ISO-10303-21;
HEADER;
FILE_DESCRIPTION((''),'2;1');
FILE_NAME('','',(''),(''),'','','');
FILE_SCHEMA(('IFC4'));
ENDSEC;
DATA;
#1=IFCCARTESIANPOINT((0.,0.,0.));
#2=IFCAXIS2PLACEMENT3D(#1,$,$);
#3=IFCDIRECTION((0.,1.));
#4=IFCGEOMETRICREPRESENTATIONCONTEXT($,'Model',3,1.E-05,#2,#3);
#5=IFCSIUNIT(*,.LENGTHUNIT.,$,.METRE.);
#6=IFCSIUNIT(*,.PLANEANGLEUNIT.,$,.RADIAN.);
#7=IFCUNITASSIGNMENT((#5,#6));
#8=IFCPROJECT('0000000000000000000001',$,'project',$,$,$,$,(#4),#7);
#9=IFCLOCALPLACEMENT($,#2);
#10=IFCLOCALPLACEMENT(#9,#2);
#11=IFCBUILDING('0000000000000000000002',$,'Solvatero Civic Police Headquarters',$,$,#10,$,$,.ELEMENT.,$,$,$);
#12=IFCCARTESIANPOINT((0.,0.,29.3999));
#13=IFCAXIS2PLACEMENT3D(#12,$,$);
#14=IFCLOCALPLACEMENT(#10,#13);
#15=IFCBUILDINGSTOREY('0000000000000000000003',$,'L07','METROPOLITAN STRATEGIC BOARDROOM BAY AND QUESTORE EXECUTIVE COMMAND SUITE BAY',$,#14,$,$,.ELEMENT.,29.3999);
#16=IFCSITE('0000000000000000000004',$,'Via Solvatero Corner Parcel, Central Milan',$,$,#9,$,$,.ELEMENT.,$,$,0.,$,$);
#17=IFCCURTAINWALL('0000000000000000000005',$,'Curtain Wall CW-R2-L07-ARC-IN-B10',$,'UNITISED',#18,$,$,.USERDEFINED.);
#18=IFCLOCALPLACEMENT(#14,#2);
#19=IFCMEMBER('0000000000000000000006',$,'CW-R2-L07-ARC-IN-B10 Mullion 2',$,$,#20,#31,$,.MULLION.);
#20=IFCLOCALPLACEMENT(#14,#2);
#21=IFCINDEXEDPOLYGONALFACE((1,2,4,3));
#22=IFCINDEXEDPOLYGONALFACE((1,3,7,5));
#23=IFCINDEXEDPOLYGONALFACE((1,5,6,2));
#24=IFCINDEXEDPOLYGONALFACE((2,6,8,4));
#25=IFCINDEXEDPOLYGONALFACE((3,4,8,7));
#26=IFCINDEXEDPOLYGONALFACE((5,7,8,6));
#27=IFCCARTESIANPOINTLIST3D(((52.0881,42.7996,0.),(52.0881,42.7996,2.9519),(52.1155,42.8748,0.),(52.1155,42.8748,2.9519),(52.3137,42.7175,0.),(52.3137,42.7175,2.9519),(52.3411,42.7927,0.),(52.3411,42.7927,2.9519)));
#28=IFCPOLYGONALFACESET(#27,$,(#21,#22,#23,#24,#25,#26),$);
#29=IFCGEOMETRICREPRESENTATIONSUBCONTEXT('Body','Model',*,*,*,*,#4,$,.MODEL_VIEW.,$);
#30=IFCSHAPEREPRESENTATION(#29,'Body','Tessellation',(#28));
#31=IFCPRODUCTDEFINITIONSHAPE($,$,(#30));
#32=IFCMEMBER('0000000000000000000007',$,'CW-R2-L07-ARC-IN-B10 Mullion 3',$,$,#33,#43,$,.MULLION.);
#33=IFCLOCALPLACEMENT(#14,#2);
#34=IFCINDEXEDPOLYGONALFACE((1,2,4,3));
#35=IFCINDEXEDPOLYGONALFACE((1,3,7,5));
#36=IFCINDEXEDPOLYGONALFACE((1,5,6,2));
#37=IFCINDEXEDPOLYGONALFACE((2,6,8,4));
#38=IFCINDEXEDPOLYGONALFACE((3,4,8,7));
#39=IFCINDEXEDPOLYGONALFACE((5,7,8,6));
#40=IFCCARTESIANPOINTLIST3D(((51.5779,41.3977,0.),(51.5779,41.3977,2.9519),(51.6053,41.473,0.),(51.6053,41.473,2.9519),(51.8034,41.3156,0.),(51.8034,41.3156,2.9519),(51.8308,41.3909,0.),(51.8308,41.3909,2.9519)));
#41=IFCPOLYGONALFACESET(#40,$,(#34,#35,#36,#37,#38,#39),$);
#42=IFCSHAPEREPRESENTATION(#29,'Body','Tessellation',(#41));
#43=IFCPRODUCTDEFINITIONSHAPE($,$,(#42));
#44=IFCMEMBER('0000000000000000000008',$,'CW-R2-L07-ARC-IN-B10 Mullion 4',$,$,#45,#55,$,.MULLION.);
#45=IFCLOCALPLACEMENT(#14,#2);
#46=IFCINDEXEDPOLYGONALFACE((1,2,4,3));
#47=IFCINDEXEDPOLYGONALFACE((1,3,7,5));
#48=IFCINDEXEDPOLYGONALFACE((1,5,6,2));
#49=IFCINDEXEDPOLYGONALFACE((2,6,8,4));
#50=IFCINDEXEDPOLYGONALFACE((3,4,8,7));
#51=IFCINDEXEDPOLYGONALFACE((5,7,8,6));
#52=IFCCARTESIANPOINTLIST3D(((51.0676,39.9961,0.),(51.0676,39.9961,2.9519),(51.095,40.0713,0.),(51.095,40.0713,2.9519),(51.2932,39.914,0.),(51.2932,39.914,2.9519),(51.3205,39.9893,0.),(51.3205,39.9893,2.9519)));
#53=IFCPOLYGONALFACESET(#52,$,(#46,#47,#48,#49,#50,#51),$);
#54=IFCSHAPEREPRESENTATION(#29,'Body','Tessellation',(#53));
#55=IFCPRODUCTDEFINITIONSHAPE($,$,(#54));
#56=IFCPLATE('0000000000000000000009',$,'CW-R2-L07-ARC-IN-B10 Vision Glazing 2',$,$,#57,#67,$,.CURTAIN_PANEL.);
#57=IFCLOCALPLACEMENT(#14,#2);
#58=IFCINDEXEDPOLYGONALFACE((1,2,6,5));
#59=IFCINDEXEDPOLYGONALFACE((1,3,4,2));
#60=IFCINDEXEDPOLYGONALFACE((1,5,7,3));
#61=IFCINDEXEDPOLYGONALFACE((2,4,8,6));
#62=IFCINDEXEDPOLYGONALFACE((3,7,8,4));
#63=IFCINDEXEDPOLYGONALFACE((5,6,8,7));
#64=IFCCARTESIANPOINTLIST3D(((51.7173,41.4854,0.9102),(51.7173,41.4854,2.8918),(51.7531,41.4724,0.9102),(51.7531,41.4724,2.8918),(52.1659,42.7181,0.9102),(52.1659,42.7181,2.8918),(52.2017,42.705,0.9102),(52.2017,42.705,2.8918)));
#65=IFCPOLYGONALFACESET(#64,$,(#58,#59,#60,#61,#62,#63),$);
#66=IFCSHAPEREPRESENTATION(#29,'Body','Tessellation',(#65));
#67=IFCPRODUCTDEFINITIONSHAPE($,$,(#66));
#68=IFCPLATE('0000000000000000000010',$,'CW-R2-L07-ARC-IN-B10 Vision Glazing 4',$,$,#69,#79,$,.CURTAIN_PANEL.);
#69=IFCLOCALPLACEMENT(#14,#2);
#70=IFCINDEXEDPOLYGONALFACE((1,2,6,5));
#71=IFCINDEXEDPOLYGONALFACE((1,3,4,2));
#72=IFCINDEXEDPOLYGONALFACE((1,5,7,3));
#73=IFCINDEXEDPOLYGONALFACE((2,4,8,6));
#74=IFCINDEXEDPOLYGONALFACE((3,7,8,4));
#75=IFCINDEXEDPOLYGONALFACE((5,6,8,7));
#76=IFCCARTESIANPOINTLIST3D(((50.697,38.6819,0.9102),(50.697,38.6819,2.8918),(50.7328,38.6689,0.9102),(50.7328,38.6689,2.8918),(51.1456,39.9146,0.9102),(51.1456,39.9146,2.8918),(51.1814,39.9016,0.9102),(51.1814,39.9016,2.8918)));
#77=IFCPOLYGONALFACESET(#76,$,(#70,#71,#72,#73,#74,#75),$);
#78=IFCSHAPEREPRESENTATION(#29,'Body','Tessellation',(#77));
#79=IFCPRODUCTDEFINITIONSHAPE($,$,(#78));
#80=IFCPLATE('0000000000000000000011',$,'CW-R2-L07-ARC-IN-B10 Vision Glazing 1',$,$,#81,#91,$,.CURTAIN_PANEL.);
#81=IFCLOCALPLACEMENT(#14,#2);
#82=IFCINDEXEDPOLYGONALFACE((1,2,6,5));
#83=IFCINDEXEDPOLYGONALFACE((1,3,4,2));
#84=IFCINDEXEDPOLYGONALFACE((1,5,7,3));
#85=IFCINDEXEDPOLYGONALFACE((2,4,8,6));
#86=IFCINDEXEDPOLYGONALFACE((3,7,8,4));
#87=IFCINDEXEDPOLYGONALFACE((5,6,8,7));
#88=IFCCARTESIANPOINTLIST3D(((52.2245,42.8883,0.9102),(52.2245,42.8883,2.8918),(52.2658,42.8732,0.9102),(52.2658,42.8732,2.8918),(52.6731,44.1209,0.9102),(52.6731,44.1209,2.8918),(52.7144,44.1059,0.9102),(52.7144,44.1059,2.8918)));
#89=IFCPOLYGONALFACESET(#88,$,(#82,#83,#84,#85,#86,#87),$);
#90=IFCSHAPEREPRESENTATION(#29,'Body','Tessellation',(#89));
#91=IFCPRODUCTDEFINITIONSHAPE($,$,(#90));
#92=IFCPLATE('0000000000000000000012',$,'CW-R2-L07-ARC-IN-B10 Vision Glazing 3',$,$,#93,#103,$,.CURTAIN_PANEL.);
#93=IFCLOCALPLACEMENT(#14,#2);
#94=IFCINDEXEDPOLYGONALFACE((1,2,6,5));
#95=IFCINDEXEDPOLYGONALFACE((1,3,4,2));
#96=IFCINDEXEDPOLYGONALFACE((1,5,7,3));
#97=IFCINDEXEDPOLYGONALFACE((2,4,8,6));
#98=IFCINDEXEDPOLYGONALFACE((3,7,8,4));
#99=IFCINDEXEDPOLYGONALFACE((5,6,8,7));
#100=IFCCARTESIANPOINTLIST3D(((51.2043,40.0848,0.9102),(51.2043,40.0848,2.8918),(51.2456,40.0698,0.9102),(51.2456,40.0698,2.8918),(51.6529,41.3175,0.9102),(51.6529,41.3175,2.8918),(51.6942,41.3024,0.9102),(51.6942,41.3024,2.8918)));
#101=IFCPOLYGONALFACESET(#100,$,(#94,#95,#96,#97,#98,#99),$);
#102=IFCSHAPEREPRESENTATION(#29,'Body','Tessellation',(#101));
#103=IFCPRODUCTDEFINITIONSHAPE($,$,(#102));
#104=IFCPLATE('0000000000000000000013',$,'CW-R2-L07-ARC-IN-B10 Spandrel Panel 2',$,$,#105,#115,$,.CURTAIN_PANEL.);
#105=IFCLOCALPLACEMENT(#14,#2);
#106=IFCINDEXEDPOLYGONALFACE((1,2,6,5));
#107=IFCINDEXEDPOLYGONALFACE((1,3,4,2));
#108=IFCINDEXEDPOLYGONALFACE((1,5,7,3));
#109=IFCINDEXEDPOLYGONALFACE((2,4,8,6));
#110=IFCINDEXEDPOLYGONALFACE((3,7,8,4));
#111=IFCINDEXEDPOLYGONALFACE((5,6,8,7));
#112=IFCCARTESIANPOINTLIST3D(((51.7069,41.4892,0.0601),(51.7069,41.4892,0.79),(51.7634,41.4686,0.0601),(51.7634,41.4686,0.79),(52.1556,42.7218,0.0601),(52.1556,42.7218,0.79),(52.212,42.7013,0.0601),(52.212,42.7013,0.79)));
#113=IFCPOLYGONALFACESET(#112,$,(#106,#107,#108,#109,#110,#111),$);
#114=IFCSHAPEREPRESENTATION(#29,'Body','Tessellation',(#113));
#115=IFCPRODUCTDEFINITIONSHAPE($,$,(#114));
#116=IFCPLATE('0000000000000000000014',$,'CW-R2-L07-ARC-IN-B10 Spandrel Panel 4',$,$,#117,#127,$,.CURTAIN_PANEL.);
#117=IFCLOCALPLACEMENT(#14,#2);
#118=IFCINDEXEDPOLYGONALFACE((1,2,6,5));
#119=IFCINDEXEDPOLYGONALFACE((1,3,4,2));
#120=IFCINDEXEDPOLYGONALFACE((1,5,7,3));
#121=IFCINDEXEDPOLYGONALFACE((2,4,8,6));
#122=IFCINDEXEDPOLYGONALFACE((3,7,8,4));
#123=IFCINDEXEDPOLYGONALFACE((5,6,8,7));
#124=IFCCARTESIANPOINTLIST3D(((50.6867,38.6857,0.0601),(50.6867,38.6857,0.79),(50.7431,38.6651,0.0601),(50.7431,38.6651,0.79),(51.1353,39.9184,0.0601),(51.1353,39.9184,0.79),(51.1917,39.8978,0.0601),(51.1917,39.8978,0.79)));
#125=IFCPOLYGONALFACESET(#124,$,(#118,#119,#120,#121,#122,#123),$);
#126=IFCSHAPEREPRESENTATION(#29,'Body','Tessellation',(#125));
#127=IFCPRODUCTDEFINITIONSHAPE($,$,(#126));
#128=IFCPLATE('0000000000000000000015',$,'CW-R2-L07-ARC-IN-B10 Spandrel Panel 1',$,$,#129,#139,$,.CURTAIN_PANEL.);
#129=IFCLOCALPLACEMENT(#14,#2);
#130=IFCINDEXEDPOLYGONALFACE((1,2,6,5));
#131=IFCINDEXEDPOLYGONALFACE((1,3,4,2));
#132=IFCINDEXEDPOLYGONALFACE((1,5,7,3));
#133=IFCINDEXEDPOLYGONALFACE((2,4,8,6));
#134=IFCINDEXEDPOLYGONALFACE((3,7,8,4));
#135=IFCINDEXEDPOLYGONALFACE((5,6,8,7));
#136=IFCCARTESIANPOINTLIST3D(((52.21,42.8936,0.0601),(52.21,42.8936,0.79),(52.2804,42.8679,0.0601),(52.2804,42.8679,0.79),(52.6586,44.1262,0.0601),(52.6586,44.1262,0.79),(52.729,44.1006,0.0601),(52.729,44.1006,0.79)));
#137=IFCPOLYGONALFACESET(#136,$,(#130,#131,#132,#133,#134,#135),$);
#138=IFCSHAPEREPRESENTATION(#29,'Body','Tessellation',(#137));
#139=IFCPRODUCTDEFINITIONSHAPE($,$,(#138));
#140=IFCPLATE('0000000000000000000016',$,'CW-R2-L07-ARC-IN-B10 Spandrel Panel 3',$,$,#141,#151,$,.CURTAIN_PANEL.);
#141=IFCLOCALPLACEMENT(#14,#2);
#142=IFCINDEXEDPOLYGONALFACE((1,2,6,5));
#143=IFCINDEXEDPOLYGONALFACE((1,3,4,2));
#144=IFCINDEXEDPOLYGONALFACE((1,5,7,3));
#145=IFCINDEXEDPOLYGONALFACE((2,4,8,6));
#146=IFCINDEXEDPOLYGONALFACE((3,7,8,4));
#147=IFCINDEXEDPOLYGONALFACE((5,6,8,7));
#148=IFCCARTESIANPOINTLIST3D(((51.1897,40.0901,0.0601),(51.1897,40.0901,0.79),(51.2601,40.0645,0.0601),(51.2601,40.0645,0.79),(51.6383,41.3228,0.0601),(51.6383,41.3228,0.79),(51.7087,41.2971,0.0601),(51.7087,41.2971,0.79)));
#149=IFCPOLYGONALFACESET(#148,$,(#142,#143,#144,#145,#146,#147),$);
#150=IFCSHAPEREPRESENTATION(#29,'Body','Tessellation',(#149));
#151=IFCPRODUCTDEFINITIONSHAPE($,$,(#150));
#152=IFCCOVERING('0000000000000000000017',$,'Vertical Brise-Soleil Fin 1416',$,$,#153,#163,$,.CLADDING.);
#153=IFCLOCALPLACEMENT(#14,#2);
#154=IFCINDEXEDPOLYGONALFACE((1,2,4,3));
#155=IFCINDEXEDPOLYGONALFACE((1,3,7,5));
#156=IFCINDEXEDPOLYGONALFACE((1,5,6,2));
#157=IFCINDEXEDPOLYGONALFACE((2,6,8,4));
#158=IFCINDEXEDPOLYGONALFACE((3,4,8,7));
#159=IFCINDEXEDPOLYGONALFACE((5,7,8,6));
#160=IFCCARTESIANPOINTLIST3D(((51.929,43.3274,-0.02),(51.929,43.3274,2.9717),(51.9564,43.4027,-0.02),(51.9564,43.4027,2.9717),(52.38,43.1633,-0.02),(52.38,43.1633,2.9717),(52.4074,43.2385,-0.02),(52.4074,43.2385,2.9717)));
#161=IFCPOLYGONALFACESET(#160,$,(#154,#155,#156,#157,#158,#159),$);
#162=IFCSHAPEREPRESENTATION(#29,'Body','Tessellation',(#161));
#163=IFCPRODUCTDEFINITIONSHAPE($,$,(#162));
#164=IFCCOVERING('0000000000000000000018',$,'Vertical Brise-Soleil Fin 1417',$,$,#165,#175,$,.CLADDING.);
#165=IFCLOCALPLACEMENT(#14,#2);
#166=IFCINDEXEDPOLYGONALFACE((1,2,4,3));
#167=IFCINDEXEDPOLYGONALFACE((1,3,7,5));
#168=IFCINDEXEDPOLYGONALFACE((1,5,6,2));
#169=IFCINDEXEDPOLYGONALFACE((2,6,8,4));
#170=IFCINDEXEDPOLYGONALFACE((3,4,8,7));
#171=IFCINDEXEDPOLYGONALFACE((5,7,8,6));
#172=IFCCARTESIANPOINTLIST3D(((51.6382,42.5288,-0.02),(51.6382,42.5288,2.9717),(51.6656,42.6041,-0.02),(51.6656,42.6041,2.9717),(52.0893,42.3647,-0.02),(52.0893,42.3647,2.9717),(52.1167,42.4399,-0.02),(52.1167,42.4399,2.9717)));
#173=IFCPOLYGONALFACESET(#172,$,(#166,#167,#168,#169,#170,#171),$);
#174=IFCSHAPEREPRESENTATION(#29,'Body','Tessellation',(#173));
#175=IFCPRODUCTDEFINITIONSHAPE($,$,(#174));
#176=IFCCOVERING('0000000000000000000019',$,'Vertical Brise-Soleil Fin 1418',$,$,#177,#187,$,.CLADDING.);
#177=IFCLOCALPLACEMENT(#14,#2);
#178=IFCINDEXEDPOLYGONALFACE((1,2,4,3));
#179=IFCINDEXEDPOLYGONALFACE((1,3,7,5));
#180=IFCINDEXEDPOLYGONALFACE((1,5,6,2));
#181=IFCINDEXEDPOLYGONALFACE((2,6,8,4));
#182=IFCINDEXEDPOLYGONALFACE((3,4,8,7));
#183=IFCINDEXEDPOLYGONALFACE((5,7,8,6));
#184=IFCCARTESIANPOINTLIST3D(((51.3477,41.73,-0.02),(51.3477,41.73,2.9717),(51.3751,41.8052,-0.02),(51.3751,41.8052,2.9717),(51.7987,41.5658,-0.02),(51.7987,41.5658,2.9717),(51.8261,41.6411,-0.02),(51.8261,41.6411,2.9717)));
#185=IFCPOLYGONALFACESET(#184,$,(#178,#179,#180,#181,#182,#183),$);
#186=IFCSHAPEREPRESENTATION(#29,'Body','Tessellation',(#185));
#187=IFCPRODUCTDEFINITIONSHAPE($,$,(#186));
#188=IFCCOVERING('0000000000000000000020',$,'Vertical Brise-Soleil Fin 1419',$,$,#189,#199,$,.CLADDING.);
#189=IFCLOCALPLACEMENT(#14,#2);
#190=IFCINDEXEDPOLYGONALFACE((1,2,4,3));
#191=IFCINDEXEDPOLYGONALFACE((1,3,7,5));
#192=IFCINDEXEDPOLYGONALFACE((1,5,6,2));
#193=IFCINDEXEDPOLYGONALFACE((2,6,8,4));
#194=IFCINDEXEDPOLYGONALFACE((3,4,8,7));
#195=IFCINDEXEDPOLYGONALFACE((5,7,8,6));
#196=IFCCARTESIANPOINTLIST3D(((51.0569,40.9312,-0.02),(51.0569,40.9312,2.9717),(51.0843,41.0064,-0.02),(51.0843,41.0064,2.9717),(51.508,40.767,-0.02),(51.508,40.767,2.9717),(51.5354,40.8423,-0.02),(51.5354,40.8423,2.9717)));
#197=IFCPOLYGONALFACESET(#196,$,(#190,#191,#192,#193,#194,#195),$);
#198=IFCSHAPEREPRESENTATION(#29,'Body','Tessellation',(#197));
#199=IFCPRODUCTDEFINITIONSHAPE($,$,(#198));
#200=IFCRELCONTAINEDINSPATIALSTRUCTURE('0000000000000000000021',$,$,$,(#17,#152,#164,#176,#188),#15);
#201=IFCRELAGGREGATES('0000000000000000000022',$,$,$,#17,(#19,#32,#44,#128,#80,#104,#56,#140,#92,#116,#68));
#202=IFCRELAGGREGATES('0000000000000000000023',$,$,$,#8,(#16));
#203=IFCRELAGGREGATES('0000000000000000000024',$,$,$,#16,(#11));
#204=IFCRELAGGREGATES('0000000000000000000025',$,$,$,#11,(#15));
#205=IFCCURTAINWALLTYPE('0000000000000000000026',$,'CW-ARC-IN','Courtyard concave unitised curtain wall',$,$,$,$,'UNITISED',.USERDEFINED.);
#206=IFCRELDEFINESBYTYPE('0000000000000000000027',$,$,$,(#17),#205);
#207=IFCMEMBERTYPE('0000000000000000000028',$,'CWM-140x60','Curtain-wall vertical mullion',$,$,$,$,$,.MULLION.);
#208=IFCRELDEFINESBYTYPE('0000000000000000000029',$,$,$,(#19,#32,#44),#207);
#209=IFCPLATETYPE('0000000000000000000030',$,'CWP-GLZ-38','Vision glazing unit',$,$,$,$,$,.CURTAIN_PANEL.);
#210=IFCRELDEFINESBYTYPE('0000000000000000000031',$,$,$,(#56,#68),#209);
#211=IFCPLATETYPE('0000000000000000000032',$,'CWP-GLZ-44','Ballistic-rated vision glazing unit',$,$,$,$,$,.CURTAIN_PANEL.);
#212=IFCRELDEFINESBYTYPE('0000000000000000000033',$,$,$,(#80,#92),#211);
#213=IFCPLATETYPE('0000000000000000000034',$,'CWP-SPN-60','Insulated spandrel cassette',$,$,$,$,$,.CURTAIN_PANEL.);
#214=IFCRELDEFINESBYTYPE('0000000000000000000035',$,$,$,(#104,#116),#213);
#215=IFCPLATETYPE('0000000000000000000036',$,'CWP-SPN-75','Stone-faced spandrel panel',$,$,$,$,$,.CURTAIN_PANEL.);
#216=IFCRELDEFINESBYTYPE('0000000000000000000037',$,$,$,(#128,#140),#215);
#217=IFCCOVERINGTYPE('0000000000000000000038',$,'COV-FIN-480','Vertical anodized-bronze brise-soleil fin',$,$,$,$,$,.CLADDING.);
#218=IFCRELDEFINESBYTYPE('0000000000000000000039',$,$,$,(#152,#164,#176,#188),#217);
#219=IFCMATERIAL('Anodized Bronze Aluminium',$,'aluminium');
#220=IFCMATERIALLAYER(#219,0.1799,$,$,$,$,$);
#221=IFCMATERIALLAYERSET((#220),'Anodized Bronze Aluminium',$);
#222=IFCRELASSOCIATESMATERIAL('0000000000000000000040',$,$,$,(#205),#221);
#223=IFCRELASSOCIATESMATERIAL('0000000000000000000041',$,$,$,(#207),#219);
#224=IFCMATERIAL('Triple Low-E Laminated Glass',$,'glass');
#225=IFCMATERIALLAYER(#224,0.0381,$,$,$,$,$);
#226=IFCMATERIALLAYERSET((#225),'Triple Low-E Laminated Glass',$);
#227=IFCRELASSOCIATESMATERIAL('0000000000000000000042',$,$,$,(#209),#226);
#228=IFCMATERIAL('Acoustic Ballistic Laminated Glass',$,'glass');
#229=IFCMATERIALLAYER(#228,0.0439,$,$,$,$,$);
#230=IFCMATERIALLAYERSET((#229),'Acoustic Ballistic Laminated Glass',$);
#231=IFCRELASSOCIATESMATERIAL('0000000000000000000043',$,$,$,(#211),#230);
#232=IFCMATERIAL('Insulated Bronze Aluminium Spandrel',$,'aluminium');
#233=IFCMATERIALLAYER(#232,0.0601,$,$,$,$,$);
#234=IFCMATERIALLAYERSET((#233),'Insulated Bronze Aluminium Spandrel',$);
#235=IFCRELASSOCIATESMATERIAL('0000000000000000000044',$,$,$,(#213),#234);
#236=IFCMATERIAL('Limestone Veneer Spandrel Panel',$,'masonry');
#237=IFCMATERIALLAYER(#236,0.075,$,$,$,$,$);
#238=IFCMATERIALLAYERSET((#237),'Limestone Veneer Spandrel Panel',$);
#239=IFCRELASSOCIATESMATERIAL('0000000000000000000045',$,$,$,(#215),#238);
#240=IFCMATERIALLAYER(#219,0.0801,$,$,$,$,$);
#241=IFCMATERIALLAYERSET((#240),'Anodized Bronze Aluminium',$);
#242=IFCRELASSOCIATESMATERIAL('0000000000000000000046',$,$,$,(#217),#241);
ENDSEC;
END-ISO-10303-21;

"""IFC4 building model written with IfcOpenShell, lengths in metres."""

from ifc_helpers import new_model, si_unit, direction, frame, origin, origin_2d, place, context, subcontext, project, spatial, rectangle, extrude, material, layer, layer_set, material_profile, profile_set, type_object, element, aggregate, save


model = new_model("IFC4")

# Units and contexts
model_context = context("Model", 3, precision=1e-05, world=origin(), true_north=direction((0.0, 1.0)))
body_context = subcontext(model_context, "Body", "Model", "MODEL_VIEW")
ifc_project = project(units=[si_unit("LENGTHUNIT", "METRE"), si_unit("PLANEANGLEUNIT", "RADIAN")], contexts=[model_context])

# Site, building, storey
site_placement = place(None, origin())
site = spatial("IfcSite", under=ifc_project, at=site_placement, Name="Via Solvatero Corner Parcel, Central Milan", CompositionType="ELEMENT", RefElevation=0.0)
building_placement = place(site_placement, origin())
building = spatial("IfcBuilding", under=site, at=building_placement, Name="Solvatero Civic Police Headquarters", CompositionType="ELEMENT")
storey_placement = place(building_placement, frame((0.0, 0.0, 29.3999)))
storey = spatial("IfcBuildingStorey", under=building, at=storey_placement, Name="L07", Description="METROPOLITAN STRATEGIC BOARDROOM BAY AND QUESTORE EXECUTIVE COMMAND SUITE BAY", CompositionType="ELEMENT", Elevation=29.3999)

# Curtain wall, members, plates
ifc_material_1 = material(Name="Anodized Bronze Aluminium", Category="aluminium")
ifc_layer_1 = layer(ifc_material_1, 0.1799)
ifc_layer_set_1 = layer_set([ifc_layer_1], Name="Anodized Bronze Aluminium")
curtain_wall_type = type_object("IfcCurtainWallType", Name="CW-ARC-IN", Description="Courtyard concave unitised curtain wall", ElementType="UNITISED", PredefinedType="USERDEFINED", material=ifc_layer_set_1)
curtain_wall_placement = place(storey_placement, origin())
curtain_wall = element("IfcCurtainWall", 1, at=curtain_wall_placement, inside=storey, type_object=curtain_wall_type, Name="Curtain Wall CW-R2-L07-ARC-IN-B10", ObjectType="UNITISED", PredefinedType="USERDEFINED")
ifc_material_profile = material_profile(ifc_material_1, rectangle(XDim=0.0801, YDim=0.24, at=origin_2d()), Name="ALU MULLION 80x240")
ifc_profile_set = profile_set([ifc_material_profile], Name="Anodized Bronze Aluminium")
member_type = type_object("IfcMemberType", Name="CWM-140x60", Description="Curtain-wall vertical mullion", PredefinedType="MULLION", material=ifc_profile_set)
member_1_placement = place(storey_placement, frame((52.2146, 42.7961, 0.0), z_axis=(0.0, 0.0, 1.0), x_axis=(-0.342004, -0.939699, 0.0)))
member_1 = element("IfcMember", 2, at=member_1_placement, type_object=member_type, Name="CW-R2-L07-ARC-IN-B10 Mullion 2", PredefinedType="MULLION", context=body_context, shape_type="SweptSolid", body=[
    extrude(rectangle(XDim=0.0801, YDim=0.24, at=origin_2d()), origin(), (0.0, 0.0, 1.0), 2.9519),
])
member_2_placement = place(storey_placement, frame((51.7043, 41.3943, 0.0), z_axis=(0.0, 0.0, 1.0), x_axis=(-0.342004, -0.939699, 0.0)))
member_2 = element("IfcMember", 3, at=member_2_placement, type_object=member_type, Name="CW-R2-L07-ARC-IN-B10 Mullion 3", PredefinedType="MULLION", context=body_context, shape_type="SweptSolid", body=[
    extrude(rectangle(XDim=0.0801, YDim=0.24, at=origin_2d()), origin(), (0.0, 0.0, 1.0), 2.9519),
])
member_3_placement = place(storey_placement, frame((51.1941, 39.9927, 0.0), z_axis=(0.0, 0.0, 1.0), x_axis=(-0.342004, -0.939699, 0.0)))
member_3 = element("IfcMember", 4, at=member_3_placement, type_object=member_type, Name="CW-R2-L07-ARC-IN-B10 Mullion 4", PredefinedType="MULLION", context=body_context, shape_type="SweptSolid", body=[
    extrude(rectangle(XDim=0.0801, YDim=0.24, at=origin_2d()), origin(), (0.0, 0.0, 1.0), 2.9519),
])
ifc_material_2 = material(Name="Triple Low-E Laminated Glass", Category="glass")
ifc_layer_2 = layer(ifc_material_2, 0.0381)
ifc_layer_set_2 = layer_set([ifc_layer_2], Name="Triple Low-E Laminated Glass")
plate_type_1 = type_object("IfcPlateType", Name="CWP-GLZ-38", Description="Vision glazing unit", PredefinedType="CURTAIN_PANEL", material=ifc_layer_set_2)
plate_1_placement = place(storey_placement, frame((51.9595, 42.0952, 0.9102), z_axis=(0.0, 0.0, 1.0), x_axis=(-0.342004, -0.939699, 0.0)))
plate_1 = element("IfcPlate", 5, at=plate_1_placement, type_object=plate_type_1, Name="CW-R2-L07-ARC-IN-B10 Vision Glazing 2", PredefinedType="CURTAIN_PANEL", context=body_context, shape_type="SweptSolid", body=[
    extrude(rectangle(XDim=1.3118, YDim=0.0381, at=origin_2d()), origin(), (0.0, 0.0, 1.0), 1.9817),
])
plate_2_placement = place(storey_placement, frame((50.9392, 39.2917, 0.9102), z_axis=(0.0, 0.0, 1.0), x_axis=(-0.342004, -0.939699, 0.0)))
plate_2 = element("IfcPlate", 6, at=plate_2_placement, type_object=plate_type_1, Name="CW-R2-L07-ARC-IN-B10 Vision Glazing 4", PredefinedType="CURTAIN_PANEL", context=body_context, shape_type="SweptSolid", body=[
    extrude(rectangle(XDim=1.3118, YDim=0.0381, at=origin_2d()), origin(), (0.0, 0.0, 1.0), 1.9817),
])
ifc_material_3 = material(Name="Acoustic Ballistic Laminated Glass", Category="glass")
ifc_layer_3 = layer(ifc_material_3, 0.0439)
ifc_layer_set_3 = layer_set([ifc_layer_3], Name="Acoustic Ballistic Laminated Glass")
plate_type_2 = type_object("IfcPlateType", Name="CWP-GLZ-44", Description="Ballistic-rated vision glazing unit", PredefinedType="CURTAIN_PANEL", material=ifc_layer_set_3)
plate_3_placement = place(storey_placement, frame((52.4695, 43.4971, 0.9102), z_axis=(0.0, 0.0, 1.0), x_axis=(-0.342004, -0.939699, 0.0)))
plate_3 = element("IfcPlate", 7, at=plate_3_placement, type_object=plate_type_2, Name="CW-R2-L07-ARC-IN-B10 Vision Glazing 1", PredefinedType="CURTAIN_PANEL", context=body_context, shape_type="SweptSolid", body=[
    extrude(rectangle(XDim=1.3118, YDim=0.0439, at=origin_2d()), origin(), (0.0, 0.0, 1.0), 1.9817),
])
plate_4_placement = place(storey_placement, frame((51.4492, 40.6936, 0.9102), z_axis=(0.0, 0.0, 1.0), x_axis=(-0.342004, -0.939699, 0.0)))
plate_4 = element("IfcPlate", 8, at=plate_4_placement, type_object=plate_type_2, Name="CW-R2-L07-ARC-IN-B10 Vision Glazing 3", PredefinedType="CURTAIN_PANEL", context=body_context, shape_type="SweptSolid", body=[
    extrude(rectangle(XDim=1.3118, YDim=0.0439, at=origin_2d()), origin(), (0.0, 0.0, 1.0), 1.9817),
])
ifc_material_4 = material(Name="Insulated Bronze Aluminium Spandrel", Category="aluminium")
ifc_layer_4 = layer(ifc_material_4, 0.0601)
ifc_layer_set_4 = layer_set([ifc_layer_4], Name="Insulated Bronze Aluminium Spandrel")
plate_type_3 = type_object("IfcPlateType", Name="CWP-SPN-60", Description="Insulated spandrel cassette", PredefinedType="CURTAIN_PANEL", material=ifc_layer_set_4)
plate_5_placement = place(storey_placement, frame((51.9595, 42.0952, 0.0601), z_axis=(0.0, 0.0, 1.0), x_axis=(-0.342004, -0.939699, 0.0)))
plate_5 = element("IfcPlate", 9, at=plate_5_placement, type_object=plate_type_3, Name="CW-R2-L07-ARC-IN-B10 Spandrel Panel 2", PredefinedType="CURTAIN_PANEL", context=body_context, shape_type="SweptSolid", body=[
    extrude(rectangle(XDim=1.3118, YDim=0.0601, at=origin_2d()), origin(), (0.0, 0.0, 1.0), 0.73),
])
plate_6_placement = place(storey_placement, frame((50.9392, 39.2917, 0.0601), z_axis=(0.0, 0.0, 1.0), x_axis=(-0.342004, -0.939699, 0.0)))
plate_6 = element("IfcPlate", 10, at=plate_6_placement, type_object=plate_type_3, Name="CW-R2-L07-ARC-IN-B10 Spandrel Panel 4", PredefinedType="CURTAIN_PANEL", context=body_context, shape_type="SweptSolid", body=[
    extrude(rectangle(XDim=1.3118, YDim=0.0601, at=origin_2d()), origin(), (0.0, 0.0, 1.0), 0.73),
])
ifc_material_5 = material(Name="Limestone Veneer Spandrel Panel", Category="masonry")
ifc_layer_5 = layer(ifc_material_5, 0.075)
ifc_layer_set_5 = layer_set([ifc_layer_5], Name="Limestone Veneer Spandrel Panel")
plate_type_4 = type_object("IfcPlateType", Name="CWP-SPN-75", Description="Stone-faced spandrel panel", PredefinedType="CURTAIN_PANEL", material=ifc_layer_set_5)
plate_7_placement = place(storey_placement, frame((52.4695, 43.4971, 0.0601), z_axis=(0.0, 0.0, 1.0), x_axis=(-0.342004, -0.939699, 0.0)))
plate_7 = element("IfcPlate", 11, at=plate_7_placement, type_object=plate_type_4, Name="CW-R2-L07-ARC-IN-B10 Spandrel Panel 1", PredefinedType="CURTAIN_PANEL", context=body_context, shape_type="SweptSolid", body=[
    extrude(rectangle(XDim=1.3118, YDim=0.075, at=origin_2d()), origin(), (0.0, 0.0, 1.0), 0.73),
])
plate_8_placement = place(storey_placement, frame((51.4492, 40.6936, 0.0601), z_axis=(0.0, 0.0, 1.0), x_axis=(-0.342004, -0.939699, 0.0)))
plate_8 = element("IfcPlate", 12, at=plate_8_placement, type_object=plate_type_4, Name="CW-R2-L07-ARC-IN-B10 Spandrel Panel 3", PredefinedType="CURTAIN_PANEL", context=body_context, shape_type="SweptSolid", body=[
    extrude(rectangle(XDim=1.3118, YDim=0.075, at=origin_2d()), origin(), (0.0, 0.0, 1.0), 0.73),
])
aggregate(curtain_wall, [member_1, member_2, member_3, plate_7, plate_3, plate_5, plate_1, plate_8, plate_4, plate_6, plate_2])

# Coverings
ifc_layer_6 = layer(ifc_material_1, 0.0801)
ifc_layer_set_6 = layer_set([ifc_layer_6], Name="Anodized Bronze Aluminium")
covering_type = type_object("IfcCoveringType", Name="COV-FIN-480", Description="Vertical anodized-bronze brise-soleil fin", PredefinedType="CLADDING", material=ifc_layer_set_6)
for number, where, z_axis, x_axis, name in (
    (13, (52.1682, 43.283, -0.02), (0.0, 0.0, 1.0), (-0.342004, -0.939699, 0.0), "Vertical Brise-Soleil Fin 1416"),
    (14, (51.8774, 42.4844, -0.02), (0.0, 0.0, 1.0), (-0.342004, -0.939699, 0.0), "Vertical Brise-Soleil Fin 1417"),
    (15, (51.5869, 41.6855, -0.02), (0.0, 0.0, 1.0), (-0.342004, -0.939699, 0.0), "Vertical Brise-Soleil Fin 1418"),
    (16, (51.2961, 40.8867, -0.02), (0.0, 0.0, 1.0), (-0.342004, -0.939699, 0.0), "Vertical Brise-Soleil Fin 1419"),
):
    element("IfcCovering", number, at=place(storey_placement, frame(where, z_axis=z_axis, x_axis=x_axis)), inside=storey, type_object=covering_type, Name=name, PredefinedType="CLADDING", context=body_context, shape_type="SweptSolid", body=[
        extrude(rectangle(XDim=0.0801, YDim=0.48, at=origin_2d()), origin(), (0.0, 0.0, 1.0), 2.9917),
    ])

save(model, "model.ifc")
